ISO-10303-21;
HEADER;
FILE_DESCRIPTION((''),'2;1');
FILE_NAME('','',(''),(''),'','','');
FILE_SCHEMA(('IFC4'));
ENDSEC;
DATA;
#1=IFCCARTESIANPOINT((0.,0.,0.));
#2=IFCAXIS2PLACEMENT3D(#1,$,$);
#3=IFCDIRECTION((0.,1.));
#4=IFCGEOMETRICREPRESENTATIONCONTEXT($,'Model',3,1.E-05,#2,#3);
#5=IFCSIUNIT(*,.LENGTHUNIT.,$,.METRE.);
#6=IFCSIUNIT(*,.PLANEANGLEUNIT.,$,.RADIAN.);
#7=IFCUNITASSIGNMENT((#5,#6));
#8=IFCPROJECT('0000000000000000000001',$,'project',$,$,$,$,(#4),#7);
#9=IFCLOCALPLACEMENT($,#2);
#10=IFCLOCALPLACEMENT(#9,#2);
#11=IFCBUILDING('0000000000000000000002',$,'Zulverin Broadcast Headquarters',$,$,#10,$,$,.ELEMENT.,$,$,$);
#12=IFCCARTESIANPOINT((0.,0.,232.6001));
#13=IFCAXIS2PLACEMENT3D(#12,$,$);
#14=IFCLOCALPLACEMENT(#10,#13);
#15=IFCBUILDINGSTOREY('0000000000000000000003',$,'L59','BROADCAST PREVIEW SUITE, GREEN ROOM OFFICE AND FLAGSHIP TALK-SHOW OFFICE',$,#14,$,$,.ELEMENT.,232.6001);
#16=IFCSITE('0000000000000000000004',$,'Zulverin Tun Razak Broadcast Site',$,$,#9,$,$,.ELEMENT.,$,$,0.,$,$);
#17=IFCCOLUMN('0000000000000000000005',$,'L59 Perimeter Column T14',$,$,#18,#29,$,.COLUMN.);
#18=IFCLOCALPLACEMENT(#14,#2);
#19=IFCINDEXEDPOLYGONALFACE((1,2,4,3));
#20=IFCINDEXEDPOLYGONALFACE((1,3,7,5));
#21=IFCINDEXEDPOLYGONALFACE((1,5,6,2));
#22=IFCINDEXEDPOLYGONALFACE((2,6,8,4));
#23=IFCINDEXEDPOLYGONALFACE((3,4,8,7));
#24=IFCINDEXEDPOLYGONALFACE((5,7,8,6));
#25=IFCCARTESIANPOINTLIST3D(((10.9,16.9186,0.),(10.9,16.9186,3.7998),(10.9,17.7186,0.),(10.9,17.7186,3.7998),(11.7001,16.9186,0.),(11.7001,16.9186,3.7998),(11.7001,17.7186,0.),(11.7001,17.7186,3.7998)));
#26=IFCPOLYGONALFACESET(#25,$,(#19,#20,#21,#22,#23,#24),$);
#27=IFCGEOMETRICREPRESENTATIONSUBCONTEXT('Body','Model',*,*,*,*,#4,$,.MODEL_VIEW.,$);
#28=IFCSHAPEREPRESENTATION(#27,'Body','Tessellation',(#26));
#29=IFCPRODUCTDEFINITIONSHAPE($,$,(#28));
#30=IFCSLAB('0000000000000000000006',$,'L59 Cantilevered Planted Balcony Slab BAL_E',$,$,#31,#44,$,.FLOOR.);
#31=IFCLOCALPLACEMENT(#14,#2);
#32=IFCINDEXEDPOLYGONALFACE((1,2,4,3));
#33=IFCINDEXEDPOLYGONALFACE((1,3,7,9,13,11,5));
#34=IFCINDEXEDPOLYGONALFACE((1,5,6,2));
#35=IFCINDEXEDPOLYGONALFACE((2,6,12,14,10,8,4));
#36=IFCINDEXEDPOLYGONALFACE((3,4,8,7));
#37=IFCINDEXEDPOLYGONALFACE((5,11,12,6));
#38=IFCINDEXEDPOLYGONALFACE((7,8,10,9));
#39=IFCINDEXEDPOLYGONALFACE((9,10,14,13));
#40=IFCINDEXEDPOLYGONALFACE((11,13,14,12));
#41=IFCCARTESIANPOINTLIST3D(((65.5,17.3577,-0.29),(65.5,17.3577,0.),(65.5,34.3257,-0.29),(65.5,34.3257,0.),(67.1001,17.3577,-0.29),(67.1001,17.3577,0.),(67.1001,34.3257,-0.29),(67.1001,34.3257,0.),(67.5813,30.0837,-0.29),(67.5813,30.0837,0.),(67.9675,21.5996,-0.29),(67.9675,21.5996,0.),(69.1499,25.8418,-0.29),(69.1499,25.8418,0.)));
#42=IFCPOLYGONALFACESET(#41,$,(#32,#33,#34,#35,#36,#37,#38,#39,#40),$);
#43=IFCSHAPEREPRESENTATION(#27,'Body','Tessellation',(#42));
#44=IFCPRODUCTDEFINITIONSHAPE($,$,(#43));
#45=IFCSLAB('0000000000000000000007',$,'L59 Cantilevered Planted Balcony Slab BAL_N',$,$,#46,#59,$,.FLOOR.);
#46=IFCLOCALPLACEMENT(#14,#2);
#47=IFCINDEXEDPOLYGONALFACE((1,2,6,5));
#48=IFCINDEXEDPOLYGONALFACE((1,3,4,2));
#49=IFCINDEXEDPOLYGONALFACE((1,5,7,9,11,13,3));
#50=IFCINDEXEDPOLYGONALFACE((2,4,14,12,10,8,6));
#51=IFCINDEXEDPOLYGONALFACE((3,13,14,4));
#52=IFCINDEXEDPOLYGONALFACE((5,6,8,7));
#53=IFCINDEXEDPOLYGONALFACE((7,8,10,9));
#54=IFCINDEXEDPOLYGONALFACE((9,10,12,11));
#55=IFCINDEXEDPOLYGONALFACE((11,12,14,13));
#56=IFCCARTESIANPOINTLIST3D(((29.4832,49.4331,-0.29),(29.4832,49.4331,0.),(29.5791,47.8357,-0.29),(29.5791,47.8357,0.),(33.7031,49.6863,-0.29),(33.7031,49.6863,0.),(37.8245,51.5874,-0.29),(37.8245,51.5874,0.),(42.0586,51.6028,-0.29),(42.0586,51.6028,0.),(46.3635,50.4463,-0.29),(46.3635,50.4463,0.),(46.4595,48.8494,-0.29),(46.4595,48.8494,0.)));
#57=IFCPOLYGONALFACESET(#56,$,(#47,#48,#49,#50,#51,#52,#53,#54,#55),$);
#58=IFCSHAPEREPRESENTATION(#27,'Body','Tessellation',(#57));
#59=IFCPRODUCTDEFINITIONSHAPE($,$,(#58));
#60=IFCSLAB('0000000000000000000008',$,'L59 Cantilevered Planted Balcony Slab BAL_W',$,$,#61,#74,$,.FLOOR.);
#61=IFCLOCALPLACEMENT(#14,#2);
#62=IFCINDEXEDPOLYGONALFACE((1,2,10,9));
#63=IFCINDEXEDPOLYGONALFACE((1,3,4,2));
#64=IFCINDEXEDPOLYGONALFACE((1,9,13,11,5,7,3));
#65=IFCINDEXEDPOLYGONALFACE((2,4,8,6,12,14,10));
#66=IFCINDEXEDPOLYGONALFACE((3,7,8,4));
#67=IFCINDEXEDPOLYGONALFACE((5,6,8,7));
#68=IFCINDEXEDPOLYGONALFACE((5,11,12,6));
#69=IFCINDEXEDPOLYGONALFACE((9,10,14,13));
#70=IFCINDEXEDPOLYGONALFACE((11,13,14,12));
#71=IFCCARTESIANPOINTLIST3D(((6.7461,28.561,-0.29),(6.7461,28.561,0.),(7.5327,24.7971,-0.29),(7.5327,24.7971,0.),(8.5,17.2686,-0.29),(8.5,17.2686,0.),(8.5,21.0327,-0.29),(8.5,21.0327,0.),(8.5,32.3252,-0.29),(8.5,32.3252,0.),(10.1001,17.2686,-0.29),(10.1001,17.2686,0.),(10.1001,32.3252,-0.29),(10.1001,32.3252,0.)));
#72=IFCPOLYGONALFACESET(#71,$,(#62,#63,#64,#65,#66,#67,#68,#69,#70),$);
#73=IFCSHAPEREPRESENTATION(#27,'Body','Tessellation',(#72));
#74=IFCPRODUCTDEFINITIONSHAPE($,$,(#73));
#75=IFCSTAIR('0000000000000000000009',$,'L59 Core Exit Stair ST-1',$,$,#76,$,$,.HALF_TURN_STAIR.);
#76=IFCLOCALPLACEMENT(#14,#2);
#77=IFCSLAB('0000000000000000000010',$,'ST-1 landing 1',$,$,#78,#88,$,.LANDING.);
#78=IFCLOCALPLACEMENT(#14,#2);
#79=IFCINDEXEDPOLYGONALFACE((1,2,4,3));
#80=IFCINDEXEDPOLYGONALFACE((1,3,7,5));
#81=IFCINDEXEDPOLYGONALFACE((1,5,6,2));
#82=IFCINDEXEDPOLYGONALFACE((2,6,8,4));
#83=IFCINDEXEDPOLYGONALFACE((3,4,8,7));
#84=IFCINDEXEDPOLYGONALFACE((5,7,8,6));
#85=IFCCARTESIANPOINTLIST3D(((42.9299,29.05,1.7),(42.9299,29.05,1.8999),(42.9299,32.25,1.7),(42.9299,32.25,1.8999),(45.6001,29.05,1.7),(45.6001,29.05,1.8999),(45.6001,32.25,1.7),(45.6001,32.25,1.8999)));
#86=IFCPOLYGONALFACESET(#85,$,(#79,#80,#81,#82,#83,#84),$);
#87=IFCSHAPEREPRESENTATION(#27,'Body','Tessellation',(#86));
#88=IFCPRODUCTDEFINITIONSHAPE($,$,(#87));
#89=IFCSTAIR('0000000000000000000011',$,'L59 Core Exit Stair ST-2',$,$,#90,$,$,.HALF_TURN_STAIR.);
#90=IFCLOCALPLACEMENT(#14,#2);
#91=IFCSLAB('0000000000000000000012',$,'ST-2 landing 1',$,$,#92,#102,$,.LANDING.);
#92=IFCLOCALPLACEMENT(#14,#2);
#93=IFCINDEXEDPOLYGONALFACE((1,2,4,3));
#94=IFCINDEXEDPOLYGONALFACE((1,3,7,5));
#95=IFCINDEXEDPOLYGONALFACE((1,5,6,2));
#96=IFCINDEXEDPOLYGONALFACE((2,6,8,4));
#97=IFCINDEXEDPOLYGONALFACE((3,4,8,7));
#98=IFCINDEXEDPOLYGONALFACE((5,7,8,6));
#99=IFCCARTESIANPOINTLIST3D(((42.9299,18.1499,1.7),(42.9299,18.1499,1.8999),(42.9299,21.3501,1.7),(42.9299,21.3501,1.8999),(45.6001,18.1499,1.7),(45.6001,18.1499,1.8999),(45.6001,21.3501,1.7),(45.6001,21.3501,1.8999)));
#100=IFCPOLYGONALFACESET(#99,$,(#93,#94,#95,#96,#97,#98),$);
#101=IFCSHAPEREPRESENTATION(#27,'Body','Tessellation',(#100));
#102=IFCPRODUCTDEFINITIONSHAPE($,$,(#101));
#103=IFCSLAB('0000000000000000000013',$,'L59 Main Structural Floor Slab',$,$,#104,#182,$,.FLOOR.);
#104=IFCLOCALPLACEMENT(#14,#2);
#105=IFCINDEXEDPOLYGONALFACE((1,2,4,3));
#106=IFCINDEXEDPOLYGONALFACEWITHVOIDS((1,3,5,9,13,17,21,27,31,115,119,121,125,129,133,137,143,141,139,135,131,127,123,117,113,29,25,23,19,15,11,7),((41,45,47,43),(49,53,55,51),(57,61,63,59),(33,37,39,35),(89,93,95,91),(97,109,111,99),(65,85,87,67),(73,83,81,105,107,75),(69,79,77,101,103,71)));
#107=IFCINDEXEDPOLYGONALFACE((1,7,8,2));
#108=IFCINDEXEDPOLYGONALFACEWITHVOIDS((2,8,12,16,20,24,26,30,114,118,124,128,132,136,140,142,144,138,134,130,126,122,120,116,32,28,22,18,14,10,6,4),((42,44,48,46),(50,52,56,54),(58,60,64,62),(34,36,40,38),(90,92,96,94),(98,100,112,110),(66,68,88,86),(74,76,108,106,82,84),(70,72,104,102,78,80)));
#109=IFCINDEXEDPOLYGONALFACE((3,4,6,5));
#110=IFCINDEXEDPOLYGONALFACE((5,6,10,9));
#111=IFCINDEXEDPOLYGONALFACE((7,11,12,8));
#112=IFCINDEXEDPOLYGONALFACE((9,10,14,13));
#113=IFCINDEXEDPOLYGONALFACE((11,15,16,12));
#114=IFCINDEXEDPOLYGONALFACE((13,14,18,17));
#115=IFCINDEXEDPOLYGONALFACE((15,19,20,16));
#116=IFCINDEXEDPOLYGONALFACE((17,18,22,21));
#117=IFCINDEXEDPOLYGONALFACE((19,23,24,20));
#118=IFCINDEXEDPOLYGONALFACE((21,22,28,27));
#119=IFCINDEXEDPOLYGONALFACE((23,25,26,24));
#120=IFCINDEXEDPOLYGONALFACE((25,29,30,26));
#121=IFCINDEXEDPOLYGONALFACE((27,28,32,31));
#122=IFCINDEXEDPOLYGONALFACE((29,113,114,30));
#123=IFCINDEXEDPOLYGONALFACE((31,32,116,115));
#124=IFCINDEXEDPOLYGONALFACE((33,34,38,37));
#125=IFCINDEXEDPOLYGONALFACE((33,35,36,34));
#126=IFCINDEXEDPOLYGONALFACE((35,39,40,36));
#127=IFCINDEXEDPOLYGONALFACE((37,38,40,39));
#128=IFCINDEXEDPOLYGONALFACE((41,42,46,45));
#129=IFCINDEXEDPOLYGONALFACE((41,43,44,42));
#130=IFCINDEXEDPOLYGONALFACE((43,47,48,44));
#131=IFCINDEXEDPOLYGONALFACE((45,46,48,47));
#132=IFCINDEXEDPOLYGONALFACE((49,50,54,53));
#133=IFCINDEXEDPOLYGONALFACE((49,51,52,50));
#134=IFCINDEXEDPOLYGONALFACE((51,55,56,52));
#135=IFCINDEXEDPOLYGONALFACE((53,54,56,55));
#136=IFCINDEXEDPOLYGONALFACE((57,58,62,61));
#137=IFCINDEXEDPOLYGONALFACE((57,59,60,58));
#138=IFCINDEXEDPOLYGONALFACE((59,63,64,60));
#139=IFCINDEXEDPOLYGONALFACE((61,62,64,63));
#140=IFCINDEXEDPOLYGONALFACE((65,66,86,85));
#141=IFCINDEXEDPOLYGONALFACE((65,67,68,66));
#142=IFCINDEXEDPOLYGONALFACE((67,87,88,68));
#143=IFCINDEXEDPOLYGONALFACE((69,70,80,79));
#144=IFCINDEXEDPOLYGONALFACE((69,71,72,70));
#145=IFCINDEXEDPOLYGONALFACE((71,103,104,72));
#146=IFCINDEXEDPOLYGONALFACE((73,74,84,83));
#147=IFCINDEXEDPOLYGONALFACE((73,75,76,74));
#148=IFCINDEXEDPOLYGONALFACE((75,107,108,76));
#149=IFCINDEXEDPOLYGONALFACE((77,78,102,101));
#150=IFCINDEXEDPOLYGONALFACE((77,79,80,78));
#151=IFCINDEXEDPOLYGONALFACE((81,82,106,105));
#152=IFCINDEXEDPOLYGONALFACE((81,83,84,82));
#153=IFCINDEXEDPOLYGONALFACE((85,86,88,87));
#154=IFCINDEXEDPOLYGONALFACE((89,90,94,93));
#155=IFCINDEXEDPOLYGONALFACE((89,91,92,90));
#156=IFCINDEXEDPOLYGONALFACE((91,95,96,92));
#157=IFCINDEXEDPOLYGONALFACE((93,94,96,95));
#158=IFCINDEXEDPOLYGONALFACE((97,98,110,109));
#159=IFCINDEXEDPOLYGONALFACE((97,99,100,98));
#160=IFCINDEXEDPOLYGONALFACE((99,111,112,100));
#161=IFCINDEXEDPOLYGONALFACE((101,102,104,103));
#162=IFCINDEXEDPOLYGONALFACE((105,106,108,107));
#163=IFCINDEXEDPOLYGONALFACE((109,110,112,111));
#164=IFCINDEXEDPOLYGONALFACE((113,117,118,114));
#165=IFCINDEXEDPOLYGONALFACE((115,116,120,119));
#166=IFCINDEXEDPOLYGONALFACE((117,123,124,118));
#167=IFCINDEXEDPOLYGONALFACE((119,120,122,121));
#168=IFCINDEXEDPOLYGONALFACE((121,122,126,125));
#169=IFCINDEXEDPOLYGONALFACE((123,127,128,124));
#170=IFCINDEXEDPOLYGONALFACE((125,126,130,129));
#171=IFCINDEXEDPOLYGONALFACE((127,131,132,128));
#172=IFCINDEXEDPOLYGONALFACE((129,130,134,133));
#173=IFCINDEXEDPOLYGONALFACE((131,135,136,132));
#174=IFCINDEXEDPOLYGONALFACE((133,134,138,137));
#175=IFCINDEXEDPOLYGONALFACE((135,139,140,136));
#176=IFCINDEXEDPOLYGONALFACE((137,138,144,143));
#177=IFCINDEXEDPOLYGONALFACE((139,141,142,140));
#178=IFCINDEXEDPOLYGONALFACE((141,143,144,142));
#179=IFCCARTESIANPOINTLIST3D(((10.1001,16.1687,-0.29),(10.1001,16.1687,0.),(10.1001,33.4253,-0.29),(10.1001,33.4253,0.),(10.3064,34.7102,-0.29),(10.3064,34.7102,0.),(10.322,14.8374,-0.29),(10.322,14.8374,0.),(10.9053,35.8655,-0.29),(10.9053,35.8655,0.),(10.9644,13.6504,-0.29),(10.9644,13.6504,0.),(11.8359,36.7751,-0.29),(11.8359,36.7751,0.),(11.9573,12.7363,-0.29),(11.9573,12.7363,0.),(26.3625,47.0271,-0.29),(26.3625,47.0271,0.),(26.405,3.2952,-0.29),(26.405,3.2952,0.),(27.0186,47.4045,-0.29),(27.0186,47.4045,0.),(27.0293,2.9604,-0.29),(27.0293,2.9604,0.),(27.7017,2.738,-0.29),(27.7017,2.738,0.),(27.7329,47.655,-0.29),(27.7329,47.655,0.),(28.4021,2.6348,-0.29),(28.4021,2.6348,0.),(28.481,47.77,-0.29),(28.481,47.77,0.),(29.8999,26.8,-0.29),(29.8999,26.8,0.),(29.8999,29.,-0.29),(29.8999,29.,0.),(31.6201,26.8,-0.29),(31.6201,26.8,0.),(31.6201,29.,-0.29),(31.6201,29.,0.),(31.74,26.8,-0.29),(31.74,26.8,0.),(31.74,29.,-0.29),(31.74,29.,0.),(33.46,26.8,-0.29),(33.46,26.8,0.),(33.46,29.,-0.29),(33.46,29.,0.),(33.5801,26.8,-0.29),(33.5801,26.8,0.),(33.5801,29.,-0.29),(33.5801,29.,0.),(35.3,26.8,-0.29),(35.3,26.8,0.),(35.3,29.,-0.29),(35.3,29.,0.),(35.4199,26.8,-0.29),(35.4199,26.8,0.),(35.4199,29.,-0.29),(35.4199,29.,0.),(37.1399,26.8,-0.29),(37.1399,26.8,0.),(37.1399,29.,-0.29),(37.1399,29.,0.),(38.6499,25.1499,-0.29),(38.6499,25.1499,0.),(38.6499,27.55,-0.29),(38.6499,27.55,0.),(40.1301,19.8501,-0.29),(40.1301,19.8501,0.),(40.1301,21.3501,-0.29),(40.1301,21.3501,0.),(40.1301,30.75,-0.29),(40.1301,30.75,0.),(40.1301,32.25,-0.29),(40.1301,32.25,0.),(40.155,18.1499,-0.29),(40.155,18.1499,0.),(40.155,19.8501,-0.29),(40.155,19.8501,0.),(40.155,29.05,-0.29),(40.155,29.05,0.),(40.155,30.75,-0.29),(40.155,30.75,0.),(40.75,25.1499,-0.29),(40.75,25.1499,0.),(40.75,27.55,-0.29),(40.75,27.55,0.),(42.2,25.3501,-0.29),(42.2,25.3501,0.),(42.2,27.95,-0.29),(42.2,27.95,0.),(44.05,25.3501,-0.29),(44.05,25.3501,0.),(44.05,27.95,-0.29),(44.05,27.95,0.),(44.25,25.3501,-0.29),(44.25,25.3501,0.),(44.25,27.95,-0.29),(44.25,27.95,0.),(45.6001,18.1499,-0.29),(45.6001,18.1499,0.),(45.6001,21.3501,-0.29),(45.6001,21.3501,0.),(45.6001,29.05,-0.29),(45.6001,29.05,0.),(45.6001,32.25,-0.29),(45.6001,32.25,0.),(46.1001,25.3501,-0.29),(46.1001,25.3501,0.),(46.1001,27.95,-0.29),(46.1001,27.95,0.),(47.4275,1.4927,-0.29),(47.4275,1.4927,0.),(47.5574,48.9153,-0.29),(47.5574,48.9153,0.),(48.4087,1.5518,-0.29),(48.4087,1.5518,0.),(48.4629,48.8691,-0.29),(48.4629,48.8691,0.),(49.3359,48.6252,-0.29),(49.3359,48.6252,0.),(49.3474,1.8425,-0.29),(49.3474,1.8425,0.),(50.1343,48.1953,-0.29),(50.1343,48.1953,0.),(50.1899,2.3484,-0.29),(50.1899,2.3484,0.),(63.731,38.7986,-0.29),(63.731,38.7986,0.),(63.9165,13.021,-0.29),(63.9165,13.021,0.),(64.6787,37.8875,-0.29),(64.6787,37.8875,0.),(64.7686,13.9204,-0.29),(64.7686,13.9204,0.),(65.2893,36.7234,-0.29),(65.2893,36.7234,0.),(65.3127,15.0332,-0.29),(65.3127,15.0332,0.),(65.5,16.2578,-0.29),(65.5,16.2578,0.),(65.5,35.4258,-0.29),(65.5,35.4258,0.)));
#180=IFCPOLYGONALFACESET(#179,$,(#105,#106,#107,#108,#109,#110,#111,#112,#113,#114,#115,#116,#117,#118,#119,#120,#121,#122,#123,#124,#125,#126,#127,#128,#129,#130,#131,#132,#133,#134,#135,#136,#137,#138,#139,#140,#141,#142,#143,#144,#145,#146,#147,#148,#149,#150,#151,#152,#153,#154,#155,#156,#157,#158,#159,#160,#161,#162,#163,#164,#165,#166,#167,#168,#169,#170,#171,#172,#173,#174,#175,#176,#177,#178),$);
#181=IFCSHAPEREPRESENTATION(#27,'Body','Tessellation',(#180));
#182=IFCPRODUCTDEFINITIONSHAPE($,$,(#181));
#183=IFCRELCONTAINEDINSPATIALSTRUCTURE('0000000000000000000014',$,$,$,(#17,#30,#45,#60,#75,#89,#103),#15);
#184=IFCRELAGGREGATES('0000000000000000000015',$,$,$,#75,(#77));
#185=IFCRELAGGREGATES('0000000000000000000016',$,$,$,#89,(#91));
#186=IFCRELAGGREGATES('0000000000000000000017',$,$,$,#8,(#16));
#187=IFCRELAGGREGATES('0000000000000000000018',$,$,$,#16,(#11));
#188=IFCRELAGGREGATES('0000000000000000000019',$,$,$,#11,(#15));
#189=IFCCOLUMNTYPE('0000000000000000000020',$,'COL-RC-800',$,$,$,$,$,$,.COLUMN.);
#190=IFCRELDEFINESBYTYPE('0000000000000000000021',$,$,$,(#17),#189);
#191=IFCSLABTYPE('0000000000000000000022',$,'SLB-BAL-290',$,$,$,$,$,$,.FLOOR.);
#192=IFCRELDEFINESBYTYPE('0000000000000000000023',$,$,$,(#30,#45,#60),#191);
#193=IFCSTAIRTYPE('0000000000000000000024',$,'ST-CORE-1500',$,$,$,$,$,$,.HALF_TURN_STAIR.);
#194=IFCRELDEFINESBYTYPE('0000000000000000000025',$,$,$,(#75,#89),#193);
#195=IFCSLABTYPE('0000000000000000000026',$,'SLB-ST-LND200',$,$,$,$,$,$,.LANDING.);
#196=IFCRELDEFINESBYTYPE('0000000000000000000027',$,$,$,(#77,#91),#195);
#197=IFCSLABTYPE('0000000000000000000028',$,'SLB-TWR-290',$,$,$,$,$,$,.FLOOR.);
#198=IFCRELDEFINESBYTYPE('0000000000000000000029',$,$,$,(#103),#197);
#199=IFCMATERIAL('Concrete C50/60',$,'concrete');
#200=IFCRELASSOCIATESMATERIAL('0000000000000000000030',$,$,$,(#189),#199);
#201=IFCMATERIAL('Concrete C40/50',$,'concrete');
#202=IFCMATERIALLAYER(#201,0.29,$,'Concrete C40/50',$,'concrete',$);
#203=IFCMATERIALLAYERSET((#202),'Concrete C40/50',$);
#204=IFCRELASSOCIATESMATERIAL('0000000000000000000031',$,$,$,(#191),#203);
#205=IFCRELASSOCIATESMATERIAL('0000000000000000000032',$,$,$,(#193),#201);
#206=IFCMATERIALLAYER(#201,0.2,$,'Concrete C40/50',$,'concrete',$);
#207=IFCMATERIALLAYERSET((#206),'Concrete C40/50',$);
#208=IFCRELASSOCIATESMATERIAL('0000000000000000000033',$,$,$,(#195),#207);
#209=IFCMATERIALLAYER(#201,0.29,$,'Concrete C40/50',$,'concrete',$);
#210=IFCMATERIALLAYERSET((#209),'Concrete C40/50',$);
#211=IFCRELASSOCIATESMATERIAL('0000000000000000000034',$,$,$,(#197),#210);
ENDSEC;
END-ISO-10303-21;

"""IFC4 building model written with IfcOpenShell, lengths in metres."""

from ifc_helpers import new_model, si_unit, direction, frame, origin, origin_2d, place, context, subcontext, project, spatial, polyline, rectangle, outline, extrude, material, layer, layer_set, material_profile, profile_set, type_object, element, aggregate, save


model = new_model("IFC4")

# Units and contexts
model_context = context("Model", 3, precision=1e-05, world=origin(), true_north=direction((0.0, 1.0)))
body_context = subcontext(model_context, "Body", "Model", "MODEL_VIEW")
ifc_project = project(units=[si_unit("LENGTHUNIT", "METRE"), si_unit("PLANEANGLEUNIT", "RADIAN")], contexts=[model_context])

# Site, building, storey
site_placement = place(None, origin())
site = spatial("IfcSite", under=ifc_project, at=site_placement, Name="Zulverin Tun Razak Broadcast Site", CompositionType="ELEMENT", RefElevation=0.0)
building_placement = place(site_placement, origin())
building = spatial("IfcBuilding", under=site, at=building_placement, Name="Zulverin Broadcast Headquarters", CompositionType="ELEMENT")
storey_placement = place(building_placement, frame((0.0, 0.0, 232.6001)))
storey = spatial("IfcBuildingStorey", under=building, at=storey_placement, Name="L59", Description="BROADCAST PREVIEW SUITE, GREEN ROOM OFFICE AND FLAGSHIP TALK-SHOW OFFICE", CompositionType="ELEMENT", Elevation=232.6001)

# Column
ifc_material_1 = material(Name="Concrete C50/60", Category="concrete")
ifc_material_profile = material_profile(ifc_material_1, rectangle(XDim=0.8, YDim=0.8, at=origin_2d()), Name="Concrete C50/60", Category="concrete")
ifc_profile_set = profile_set([ifc_material_profile], Name="Concrete C50/60")
column_type = type_object("IfcColumnType", Name="COL-RC-800", PredefinedType="COLUMN", material=ifc_profile_set)
column_placement = place(storey_placement, frame((11.3, 17.3186, 0.0), z_axis=(0.0, 0.0, 1.0), x_axis=(1.0, 0.0, 0.0)))
element("IfcColumn", 1, at=column_placement, inside=storey, type_object=column_type, Name="L59 Perimeter Column T14", PredefinedType="COLUMN", context=body_context, shape_type="SweptSolid", body=[
    extrude(rectangle(XDim=0.8, YDim=0.8, at=origin_2d()), origin(), (0.0, 0.0, 1.0), 3.7998),
])

# Slabs
ifc_material_2 = material(Name="Concrete C40/50", Category="concrete")
ifc_layer_1 = layer(ifc_material_2, 0.29, Name="Concrete C40/50", Category="concrete")
ifc_layer_set_1 = layer_set([ifc_layer_1], Name="Concrete C40/50")
slab_type_1 = type_object("IfcSlabType", Name="SLB-BAL-290", PredefinedType="FLOOR", material=ifc_layer_set_1)
slab_1_placement = place(storey_placement, frame((0.0, 0.0, -0.29)))
element("IfcSlab", 2, at=slab_1_placement, inside=storey, type_object=slab_type_1, Name="L59 Cantilevered Planted Balcony Slab BAL_E", PredefinedType="FLOOR", context=body_context, shape_type="SweptSolid", body=[
    extrude(outline(polyline([(65.5, 34.3257), (65.5, 17.3577), (67.1001, 17.3577), (67.9675, 21.5996), (69.1499, 25.8418), (67.5813, 30.0837), (67.1001, 34.3257), (65.5, 34.3257)])), origin(), (0.0, 0.0, 1.0), 0.29),
])
slab_2_placement = place(storey_placement, frame((0.0, 0.0, -0.29)))
element("IfcSlab", 3, at=slab_2_placement, inside=storey, type_object=slab_type_1, Name="L59 Cantilevered Planted Balcony Slab BAL_N", PredefinedType="FLOOR", context=body_context, shape_type="SweptSolid", body=[
    extrude(outline(polyline([(29.5791, 47.8357), (46.4595, 48.8494), (46.3635, 50.4463), (42.0586, 51.6028), (37.8245, 51.5874), (33.7031, 49.6863), (29.4832, 49.4331), (29.5791, 47.8357)])), origin(), (0.0, 0.0, 1.0), 0.29),
])
slab_3_placement = place(storey_placement, frame((0.0, 0.0, -0.29)))
element("IfcSlab", 4, at=slab_3_placement, inside=storey, type_object=slab_type_1, Name="L59 Cantilevered Planted Balcony Slab BAL_W", PredefinedType="FLOOR", context=body_context, shape_type="SweptSolid", body=[
    extrude(outline(polyline([(10.1001, 17.2686), (10.1001, 32.3252), (8.5, 32.3252), (6.7461, 28.561), (7.5327, 24.7971), (8.5, 21.0327), (8.5, 17.2686), (10.1001, 17.2686)])), origin(), (0.0, 0.0, 1.0), 0.29),
])

# Stairs, slabs
stair_type = type_object("IfcStairType", Name="ST-CORE-1500", PredefinedType="HALF_TURN_STAIR", material=ifc_material_2)
stair_1_placement = place(storey_placement, origin())
stair_1 = element("IfcStair", 5, at=stair_1_placement, inside=storey, type_object=stair_type, Name="L59 Core Exit Stair ST-1", PredefinedType="HALF_TURN_STAIR")
ifc_layer_2 = layer(ifc_material_2, 0.2, Name="Concrete C40/50", Category="concrete")
ifc_layer_set_2 = layer_set([ifc_layer_2], Name="Concrete C40/50")
slab_type_2 = type_object("IfcSlabType", Name="SLB-ST-LND200", PredefinedType="LANDING", material=ifc_layer_set_2)
slab_4_placement = place(storey_placement, frame((0.0, 0.0, 1.7)))
slab_4 = element("IfcSlab", 6, at=slab_4_placement, type_object=slab_type_2, Name="ST-1 landing 1", PredefinedType="LANDING", context=body_context, shape_type="SweptSolid", body=[
    extrude(outline(polyline([(42.9299, 29.05), (45.6001, 29.05), (45.6001, 32.25), (42.9299, 32.25), (42.9299, 29.05)])), origin(), (0.0, 0.0, 1.0), 0.2),
])
aggregate(stair_1, [slab_4])
stair_2_placement = place(storey_placement, origin())
stair_2 = element("IfcStair", 7, at=stair_2_placement, inside=storey, type_object=stair_type, Name="L59 Core Exit Stair ST-2", PredefinedType="HALF_TURN_STAIR")
slab_5_placement = place(storey_placement, frame((0.0, 0.0, 1.7)))
slab_5 = element("IfcSlab", 8, at=slab_5_placement, type_object=slab_type_2, Name="ST-2 landing 1", PredefinedType="LANDING", context=body_context, shape_type="SweptSolid", body=[
    extrude(outline(polyline([(42.9299, 18.1499), (45.6001, 18.1499), (45.6001, 21.3501), (42.9299, 21.3501), (42.9299, 18.1499)])), origin(), (0.0, 0.0, 1.0), 0.2),
])
aggregate(stair_2, [slab_5])

# Slab
ifc_layer_3 = layer(ifc_material_2, 0.29, Name="Concrete C40/50", Category="concrete")
ifc_layer_set_3 = layer_set([ifc_layer_3], Name="Concrete C40/50")
slab_type_3 = type_object("IfcSlabType", Name="SLB-TWR-290", PredefinedType="FLOOR", material=ifc_layer_set_3)
slab_6_placement = place(storey_placement, frame((0.0, 0.0, -0.29)))
element("IfcSlab", 9, at=slab_6_placement, inside=storey, type_object=slab_type_3, Name="L59 Main Structural Floor Slab", PredefinedType="FLOOR", context=body_context, shape_type="SweptSolid", body=[
    extrude(outline(polyline([(26.405, 3.2952), (27.0293, 2.9604), (27.7017, 2.738), (28.4021, 2.6348), (47.4275, 1.4927), (48.4087, 1.5518), (49.3474, 1.8425), (50.1899, 2.3484), (63.9165, 13.021), (64.7686, 13.9204), (65.3127, 15.0332), (65.5, 16.2578), (65.5, 35.4258), (65.2893, 36.7234), (64.6787, 37.8875), (63.731, 38.7986), (50.1343, 48.1953), (49.3359, 48.6252), (48.4629, 48.8691), (47.5574, 48.9153), (28.481, 47.77), (27.7329, 47.655), (27.0186, 47.4045), (26.3625, 47.0271), (11.8359, 36.7751), (10.9053, 35.8655), (10.3064, 34.7102), (10.1001, 33.4253), (10.1001, 16.1687), (10.322, 14.8374), (10.9644, 13.6504), (11.9573, 12.7363), (26.405, 3.2952)]), holes=[polyline([(40.155, 30.75), (40.1301, 30.75), (40.1301, 32.25), (45.6001, 32.25), (45.6001, 29.05), (40.155, 29.05), (40.155, 30.75)]), polyline([(40.155, 19.8501), (40.1301, 19.8501), (40.1301, 21.3501), (45.6001, 21.3501), (45.6001, 18.1499), (40.155, 18.1499), (40.155, 19.8501)]), polyline([(29.8999, 26.8), (31.6201, 26.8), (31.6201, 29.0), (29.8999, 29.0), (29.8999, 26.8)]), polyline([(31.74, 26.8), (33.46, 26.8), (33.46, 29.0), (31.74, 29.0), (31.74, 26.8)]), polyline([(33.5801, 26.8), (35.3, 26.8), (35.3, 29.0), (33.5801, 29.0), (33.5801, 26.8)]), polyline([(35.4199, 26.8), (37.1399, 26.8), (37.1399, 29.0), (35.4199, 29.0), (35.4199, 26.8)]), polyline([(42.2, 25.3501), (44.05, 25.3501), (44.05, 27.95), (42.2, 27.95), (42.2, 25.3501)]), polyline([(44.25, 25.3501), (46.1001, 25.3501), (46.1001, 27.95), (44.25, 27.95), (44.25, 25.3501)]), polyline([(38.6499, 25.1499), (40.75, 25.1499), (40.75, 27.55), (38.6499, 27.55), (38.6499, 25.1499)])]), origin(), (0.0, 0.0, 1.0), 0.29),
])

save(model, "model.ifc")
